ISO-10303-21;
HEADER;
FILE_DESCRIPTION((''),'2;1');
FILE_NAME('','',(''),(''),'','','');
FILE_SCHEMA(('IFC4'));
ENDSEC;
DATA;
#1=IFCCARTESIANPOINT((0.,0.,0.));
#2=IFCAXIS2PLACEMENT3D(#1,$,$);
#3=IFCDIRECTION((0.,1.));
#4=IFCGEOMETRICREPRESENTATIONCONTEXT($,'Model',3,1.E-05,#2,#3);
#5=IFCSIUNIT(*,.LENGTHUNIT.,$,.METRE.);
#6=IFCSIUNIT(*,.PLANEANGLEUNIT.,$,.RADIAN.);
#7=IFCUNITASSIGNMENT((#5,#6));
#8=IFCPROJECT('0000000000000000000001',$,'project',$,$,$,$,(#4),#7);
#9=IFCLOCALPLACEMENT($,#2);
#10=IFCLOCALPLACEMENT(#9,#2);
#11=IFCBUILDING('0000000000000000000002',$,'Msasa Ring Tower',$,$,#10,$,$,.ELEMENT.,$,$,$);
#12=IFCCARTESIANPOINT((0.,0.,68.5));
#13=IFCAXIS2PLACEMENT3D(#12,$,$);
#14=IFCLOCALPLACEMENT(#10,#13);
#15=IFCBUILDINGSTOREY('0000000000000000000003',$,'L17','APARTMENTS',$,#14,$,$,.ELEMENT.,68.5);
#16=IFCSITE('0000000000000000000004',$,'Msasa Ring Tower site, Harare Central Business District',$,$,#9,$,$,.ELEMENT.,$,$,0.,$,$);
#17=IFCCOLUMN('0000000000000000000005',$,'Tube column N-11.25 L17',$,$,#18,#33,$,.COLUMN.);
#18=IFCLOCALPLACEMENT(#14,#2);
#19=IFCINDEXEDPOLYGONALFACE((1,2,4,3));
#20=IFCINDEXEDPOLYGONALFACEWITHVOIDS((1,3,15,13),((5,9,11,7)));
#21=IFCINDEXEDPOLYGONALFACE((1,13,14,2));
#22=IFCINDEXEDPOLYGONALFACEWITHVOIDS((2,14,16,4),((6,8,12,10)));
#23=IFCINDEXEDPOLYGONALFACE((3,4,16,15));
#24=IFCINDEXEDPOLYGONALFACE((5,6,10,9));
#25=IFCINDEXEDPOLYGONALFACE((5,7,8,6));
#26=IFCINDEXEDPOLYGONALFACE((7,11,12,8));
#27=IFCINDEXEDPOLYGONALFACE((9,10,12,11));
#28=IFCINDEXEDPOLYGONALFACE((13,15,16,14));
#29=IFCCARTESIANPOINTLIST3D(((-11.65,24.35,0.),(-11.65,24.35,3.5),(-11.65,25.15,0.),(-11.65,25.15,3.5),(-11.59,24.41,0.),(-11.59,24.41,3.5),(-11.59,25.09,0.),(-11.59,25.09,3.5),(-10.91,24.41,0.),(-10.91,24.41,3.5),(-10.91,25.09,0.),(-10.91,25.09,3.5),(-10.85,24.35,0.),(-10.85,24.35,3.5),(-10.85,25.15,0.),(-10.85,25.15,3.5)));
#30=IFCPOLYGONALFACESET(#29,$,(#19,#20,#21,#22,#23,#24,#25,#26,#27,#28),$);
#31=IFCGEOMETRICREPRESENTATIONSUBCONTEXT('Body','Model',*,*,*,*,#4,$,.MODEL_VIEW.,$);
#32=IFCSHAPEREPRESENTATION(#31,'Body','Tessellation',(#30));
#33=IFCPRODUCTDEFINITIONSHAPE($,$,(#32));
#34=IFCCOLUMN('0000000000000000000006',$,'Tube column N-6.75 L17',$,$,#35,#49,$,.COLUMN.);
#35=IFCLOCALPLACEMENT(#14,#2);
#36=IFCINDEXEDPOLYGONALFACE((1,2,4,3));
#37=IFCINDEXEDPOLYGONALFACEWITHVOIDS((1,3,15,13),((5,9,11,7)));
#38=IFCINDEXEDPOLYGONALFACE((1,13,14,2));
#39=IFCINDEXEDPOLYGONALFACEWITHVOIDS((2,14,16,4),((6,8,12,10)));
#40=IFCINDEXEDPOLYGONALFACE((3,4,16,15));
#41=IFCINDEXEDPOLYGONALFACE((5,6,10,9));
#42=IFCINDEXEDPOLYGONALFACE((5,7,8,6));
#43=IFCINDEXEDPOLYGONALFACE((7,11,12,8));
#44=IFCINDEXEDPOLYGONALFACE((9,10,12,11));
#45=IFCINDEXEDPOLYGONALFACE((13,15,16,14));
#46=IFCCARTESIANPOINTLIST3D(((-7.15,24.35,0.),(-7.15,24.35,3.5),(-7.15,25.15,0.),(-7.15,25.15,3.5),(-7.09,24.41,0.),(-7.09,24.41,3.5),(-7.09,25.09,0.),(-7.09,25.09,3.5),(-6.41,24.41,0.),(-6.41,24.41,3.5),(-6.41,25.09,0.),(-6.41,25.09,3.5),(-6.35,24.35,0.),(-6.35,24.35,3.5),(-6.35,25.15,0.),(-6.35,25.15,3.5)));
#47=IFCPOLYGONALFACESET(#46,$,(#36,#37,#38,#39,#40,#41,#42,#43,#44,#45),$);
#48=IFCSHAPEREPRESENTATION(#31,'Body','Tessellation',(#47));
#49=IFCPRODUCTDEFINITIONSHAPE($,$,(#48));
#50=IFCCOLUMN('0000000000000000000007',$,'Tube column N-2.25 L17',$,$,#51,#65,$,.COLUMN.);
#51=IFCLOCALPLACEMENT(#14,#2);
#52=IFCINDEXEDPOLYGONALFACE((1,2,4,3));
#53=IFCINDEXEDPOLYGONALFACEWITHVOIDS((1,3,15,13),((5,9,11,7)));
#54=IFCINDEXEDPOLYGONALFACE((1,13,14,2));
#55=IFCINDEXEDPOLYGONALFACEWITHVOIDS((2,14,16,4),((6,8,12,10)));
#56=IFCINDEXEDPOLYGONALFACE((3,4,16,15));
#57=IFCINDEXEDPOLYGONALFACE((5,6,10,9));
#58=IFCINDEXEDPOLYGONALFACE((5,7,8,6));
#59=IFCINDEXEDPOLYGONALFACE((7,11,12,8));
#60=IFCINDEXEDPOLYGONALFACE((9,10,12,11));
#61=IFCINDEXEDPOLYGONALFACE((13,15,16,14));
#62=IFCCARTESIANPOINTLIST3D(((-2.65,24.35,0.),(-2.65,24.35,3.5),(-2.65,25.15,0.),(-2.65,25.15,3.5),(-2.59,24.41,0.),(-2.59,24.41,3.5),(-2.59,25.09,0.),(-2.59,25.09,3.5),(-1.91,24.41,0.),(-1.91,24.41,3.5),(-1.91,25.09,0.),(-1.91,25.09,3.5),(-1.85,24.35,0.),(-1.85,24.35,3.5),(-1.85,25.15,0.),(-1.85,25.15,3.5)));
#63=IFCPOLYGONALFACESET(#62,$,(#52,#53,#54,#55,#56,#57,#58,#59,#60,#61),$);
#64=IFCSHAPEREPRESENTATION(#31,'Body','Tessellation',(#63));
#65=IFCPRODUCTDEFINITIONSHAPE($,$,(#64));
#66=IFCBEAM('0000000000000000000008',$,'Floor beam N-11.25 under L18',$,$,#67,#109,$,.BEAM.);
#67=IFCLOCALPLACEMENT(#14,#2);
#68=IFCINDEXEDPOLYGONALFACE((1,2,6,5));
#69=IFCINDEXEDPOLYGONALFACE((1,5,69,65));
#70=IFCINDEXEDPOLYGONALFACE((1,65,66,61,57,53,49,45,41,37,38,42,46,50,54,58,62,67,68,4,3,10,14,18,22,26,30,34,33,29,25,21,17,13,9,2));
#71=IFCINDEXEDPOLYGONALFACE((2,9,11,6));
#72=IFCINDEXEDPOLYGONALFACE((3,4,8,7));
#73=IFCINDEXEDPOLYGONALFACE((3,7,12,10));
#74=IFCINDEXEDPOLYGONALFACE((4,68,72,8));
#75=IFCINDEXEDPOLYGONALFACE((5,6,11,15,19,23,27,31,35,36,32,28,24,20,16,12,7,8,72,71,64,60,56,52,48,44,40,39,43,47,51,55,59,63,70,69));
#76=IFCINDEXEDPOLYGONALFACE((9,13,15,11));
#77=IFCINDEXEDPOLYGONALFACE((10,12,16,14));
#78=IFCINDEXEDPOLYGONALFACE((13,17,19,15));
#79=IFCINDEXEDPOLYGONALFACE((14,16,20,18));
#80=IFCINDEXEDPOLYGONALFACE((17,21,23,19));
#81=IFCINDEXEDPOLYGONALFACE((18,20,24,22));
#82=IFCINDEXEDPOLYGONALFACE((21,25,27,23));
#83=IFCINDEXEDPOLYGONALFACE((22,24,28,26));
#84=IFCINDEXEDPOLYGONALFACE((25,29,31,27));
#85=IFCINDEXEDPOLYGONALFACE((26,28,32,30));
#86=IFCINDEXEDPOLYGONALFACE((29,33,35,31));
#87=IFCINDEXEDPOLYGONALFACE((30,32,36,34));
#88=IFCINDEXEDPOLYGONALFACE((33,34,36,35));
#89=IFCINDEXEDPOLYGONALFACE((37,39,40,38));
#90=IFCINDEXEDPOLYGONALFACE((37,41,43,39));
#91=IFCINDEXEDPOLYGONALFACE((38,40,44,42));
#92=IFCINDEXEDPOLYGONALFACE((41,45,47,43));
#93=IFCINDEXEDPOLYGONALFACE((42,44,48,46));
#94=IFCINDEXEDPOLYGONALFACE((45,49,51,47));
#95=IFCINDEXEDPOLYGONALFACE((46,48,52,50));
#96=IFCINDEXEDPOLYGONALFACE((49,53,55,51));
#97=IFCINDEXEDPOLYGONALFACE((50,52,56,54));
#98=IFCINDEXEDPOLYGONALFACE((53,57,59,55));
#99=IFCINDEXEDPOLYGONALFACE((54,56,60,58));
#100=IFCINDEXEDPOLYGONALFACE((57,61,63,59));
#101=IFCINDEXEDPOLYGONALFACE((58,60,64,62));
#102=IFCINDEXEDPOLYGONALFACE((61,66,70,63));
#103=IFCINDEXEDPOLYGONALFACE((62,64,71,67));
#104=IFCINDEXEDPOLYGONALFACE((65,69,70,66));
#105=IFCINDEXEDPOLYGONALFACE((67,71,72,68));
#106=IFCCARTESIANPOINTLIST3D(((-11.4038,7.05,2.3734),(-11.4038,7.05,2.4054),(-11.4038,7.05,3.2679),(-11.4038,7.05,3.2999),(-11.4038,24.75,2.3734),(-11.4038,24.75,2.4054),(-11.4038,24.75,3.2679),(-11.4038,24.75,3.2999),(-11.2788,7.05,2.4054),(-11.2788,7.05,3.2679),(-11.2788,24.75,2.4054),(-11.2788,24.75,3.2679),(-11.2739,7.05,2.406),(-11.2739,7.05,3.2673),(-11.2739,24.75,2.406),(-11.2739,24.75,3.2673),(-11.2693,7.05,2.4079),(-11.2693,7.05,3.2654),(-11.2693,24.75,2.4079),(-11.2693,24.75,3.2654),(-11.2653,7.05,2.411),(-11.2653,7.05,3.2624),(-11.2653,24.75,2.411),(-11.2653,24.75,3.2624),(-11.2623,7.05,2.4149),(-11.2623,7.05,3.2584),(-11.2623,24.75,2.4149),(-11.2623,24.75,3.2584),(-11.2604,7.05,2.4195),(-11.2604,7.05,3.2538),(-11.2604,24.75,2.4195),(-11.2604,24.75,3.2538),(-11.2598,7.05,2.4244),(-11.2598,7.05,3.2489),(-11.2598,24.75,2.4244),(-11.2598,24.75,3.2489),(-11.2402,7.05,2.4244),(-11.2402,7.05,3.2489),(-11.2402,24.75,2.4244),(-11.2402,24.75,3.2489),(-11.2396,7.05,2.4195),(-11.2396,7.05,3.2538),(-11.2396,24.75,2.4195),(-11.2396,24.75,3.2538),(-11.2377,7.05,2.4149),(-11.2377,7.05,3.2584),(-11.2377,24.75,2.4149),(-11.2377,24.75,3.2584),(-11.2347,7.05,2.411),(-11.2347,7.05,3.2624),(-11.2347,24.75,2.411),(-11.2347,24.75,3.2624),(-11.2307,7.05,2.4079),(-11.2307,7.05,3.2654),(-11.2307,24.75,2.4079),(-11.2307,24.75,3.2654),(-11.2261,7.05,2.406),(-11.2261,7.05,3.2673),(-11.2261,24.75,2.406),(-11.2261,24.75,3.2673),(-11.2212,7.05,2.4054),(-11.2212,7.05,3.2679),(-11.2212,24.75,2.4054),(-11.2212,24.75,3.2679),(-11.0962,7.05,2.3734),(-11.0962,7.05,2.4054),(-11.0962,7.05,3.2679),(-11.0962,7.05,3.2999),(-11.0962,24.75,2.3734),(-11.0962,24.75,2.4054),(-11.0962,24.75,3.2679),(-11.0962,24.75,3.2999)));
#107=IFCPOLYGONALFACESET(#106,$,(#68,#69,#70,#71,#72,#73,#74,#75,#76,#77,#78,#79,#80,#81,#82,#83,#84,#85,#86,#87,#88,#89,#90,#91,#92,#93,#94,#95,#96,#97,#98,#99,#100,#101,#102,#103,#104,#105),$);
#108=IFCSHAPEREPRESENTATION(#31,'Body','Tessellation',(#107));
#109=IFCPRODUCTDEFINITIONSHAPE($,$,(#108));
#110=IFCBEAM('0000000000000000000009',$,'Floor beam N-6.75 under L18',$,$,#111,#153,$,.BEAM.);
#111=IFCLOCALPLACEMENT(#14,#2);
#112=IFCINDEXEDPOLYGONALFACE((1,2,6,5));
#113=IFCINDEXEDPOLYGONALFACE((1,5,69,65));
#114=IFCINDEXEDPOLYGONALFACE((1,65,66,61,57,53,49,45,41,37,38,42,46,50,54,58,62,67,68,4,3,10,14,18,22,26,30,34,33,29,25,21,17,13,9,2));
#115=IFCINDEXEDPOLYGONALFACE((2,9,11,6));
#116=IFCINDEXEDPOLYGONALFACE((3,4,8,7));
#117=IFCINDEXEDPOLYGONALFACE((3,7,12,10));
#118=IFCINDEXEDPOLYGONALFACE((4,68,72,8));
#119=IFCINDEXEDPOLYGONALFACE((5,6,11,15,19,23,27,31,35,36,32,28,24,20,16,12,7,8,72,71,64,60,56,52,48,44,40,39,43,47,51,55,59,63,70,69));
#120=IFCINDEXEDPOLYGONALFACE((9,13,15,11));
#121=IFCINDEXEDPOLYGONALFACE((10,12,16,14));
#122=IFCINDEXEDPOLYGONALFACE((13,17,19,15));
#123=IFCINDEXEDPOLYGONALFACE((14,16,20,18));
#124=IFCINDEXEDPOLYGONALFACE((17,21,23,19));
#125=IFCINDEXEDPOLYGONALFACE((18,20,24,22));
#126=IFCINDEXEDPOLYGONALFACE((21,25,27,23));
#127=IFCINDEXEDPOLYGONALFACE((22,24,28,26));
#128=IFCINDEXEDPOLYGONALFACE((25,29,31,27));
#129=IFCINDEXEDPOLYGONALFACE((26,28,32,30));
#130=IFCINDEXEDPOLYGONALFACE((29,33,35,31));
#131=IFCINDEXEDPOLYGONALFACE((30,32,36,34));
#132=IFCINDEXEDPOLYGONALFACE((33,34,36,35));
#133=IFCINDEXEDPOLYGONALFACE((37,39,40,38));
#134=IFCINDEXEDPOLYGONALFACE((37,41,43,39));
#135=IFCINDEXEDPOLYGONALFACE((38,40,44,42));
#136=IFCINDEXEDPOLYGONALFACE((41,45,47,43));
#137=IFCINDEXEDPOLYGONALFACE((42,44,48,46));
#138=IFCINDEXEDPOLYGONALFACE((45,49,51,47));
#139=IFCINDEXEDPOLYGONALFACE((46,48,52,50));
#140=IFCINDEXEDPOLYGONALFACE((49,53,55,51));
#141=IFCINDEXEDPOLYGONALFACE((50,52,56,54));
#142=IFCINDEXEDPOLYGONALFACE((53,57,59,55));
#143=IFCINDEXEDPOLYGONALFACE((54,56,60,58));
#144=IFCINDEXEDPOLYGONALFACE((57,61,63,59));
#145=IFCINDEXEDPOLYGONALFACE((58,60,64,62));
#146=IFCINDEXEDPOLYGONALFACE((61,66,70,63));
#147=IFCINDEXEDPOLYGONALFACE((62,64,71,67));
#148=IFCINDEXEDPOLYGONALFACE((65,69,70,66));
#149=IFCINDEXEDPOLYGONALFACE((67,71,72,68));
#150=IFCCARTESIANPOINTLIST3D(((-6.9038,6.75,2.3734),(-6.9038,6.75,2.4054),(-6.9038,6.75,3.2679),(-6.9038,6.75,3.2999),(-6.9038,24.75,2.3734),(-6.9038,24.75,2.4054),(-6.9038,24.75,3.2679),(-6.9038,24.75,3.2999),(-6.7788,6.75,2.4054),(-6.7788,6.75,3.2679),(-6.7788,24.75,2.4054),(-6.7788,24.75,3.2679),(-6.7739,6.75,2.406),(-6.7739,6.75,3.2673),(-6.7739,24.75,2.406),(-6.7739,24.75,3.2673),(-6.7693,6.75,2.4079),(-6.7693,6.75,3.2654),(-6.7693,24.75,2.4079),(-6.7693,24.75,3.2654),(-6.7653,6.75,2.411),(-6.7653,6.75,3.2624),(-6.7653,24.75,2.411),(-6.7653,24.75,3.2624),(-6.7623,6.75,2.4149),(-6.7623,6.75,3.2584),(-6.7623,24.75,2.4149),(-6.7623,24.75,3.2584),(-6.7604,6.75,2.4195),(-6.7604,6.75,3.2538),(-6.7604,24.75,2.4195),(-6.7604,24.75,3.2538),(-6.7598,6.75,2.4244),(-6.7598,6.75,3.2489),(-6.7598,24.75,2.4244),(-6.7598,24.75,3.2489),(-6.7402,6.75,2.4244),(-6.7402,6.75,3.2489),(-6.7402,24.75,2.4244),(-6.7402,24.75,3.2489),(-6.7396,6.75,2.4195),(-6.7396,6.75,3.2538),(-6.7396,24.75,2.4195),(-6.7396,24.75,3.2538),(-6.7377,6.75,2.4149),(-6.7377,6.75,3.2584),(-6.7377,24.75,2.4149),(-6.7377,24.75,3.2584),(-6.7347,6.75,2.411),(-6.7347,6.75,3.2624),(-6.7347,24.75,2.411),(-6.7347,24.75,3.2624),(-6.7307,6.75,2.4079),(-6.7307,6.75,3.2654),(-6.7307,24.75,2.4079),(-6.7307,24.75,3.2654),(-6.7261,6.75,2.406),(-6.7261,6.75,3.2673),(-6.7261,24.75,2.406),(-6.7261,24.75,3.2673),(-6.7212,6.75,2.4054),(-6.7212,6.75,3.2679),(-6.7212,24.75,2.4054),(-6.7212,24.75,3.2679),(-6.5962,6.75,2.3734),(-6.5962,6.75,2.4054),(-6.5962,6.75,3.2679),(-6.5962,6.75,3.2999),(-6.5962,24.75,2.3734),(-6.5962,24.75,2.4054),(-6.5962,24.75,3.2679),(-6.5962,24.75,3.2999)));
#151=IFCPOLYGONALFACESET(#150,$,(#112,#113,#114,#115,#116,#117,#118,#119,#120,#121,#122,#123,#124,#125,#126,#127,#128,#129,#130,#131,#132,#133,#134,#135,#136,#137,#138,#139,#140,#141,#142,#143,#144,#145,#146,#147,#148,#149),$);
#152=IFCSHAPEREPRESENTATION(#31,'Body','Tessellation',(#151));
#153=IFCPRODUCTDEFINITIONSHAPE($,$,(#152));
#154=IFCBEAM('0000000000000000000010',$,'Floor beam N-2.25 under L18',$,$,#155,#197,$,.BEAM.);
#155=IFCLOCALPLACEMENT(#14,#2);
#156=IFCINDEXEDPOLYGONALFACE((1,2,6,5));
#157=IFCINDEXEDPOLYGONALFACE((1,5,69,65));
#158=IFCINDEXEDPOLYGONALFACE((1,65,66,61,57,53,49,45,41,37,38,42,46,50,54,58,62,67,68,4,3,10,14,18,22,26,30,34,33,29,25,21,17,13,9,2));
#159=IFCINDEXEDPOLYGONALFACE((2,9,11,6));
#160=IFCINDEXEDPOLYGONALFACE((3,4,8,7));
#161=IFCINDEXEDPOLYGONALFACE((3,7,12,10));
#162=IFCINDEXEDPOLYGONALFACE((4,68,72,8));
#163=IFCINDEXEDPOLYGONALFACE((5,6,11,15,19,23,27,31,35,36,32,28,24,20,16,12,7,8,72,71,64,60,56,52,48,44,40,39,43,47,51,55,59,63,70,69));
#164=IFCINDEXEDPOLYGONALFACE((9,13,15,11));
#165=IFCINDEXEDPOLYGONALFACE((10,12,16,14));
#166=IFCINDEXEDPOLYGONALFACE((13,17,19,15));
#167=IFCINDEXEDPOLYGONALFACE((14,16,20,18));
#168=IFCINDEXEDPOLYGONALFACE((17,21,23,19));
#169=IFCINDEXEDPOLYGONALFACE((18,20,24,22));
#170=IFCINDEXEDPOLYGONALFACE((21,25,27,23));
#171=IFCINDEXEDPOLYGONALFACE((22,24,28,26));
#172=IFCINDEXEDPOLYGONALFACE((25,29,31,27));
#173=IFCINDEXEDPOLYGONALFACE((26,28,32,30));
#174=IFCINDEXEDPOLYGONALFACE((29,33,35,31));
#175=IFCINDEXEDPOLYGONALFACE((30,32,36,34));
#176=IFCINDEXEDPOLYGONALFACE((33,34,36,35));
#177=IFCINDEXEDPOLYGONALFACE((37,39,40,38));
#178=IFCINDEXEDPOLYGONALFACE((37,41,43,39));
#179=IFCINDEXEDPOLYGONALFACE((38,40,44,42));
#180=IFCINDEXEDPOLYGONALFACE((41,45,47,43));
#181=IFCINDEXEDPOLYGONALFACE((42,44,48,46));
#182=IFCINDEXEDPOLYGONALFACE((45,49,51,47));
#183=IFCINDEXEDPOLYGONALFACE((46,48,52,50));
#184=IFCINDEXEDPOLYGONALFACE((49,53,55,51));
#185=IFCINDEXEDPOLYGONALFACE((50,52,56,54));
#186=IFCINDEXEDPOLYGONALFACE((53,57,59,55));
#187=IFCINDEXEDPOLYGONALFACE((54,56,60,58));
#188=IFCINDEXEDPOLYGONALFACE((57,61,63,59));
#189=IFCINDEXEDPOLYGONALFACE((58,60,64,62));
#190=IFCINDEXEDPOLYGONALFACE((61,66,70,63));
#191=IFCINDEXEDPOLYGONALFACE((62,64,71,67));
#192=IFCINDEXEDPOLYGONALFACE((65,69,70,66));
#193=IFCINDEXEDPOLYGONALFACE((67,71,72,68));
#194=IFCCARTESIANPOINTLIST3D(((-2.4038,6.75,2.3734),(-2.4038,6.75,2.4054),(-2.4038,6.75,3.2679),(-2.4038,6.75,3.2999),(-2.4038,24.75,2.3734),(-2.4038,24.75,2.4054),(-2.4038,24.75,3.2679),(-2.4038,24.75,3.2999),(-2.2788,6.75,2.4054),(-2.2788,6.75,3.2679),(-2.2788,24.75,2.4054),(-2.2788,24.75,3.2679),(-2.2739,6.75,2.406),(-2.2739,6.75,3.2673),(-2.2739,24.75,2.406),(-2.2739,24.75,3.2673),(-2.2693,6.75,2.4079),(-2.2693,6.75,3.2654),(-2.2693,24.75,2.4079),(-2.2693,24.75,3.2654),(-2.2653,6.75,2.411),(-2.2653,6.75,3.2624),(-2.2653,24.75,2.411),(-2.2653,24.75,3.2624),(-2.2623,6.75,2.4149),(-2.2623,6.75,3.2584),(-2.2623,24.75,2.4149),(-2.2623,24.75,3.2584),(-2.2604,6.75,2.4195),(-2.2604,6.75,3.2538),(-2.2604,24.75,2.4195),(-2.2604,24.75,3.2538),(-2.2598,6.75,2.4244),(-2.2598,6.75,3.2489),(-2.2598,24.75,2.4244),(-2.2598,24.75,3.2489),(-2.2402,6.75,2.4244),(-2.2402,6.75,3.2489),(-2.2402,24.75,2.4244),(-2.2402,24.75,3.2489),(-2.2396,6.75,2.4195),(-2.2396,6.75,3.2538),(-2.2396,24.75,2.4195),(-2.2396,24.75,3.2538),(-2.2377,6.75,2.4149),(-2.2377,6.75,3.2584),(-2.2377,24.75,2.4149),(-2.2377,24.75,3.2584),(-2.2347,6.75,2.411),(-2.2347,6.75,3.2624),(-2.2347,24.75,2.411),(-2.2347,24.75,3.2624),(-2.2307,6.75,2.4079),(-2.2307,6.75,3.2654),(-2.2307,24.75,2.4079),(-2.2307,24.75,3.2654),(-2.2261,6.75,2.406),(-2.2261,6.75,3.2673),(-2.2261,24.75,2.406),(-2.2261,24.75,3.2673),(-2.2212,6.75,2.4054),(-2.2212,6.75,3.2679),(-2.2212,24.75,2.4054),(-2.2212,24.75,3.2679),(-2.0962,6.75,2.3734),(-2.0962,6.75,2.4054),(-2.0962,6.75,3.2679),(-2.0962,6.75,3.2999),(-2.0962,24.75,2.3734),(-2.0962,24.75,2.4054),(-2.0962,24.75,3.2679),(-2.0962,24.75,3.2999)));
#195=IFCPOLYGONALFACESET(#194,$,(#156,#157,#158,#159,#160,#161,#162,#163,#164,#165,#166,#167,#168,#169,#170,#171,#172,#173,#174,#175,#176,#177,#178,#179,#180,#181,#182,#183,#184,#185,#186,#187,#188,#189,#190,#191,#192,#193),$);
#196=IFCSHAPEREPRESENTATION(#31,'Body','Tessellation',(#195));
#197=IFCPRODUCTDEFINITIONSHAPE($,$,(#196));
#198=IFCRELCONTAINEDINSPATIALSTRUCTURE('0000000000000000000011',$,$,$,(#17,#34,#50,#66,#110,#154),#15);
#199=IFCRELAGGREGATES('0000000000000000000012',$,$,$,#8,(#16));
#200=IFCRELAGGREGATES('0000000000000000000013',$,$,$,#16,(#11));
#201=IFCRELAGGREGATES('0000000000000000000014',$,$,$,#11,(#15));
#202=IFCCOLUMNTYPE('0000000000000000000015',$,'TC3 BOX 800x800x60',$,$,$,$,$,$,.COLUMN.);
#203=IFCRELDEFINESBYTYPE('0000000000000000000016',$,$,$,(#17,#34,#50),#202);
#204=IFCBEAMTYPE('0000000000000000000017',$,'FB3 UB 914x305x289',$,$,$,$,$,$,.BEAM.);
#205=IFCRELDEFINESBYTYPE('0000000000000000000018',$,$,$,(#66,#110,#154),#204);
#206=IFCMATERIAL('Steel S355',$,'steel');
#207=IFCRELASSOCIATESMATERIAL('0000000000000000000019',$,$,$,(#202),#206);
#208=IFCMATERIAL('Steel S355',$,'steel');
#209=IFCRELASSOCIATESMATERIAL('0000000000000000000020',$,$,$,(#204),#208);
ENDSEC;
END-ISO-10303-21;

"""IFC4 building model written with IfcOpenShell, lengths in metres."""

from ifc_helpers import new_model, si_unit, direction, frame, origin, origin_2d, place, context, subcontext, project, spatial, hollow_rectangle, i_section, extrude, material, material_profile, profile_set, type_object, element, save


model = new_model("IFC4")

# Units and contexts
model_context = context("Model", 3, precision=1e-05, world=origin(), true_north=direction((0.0, 1.0)))
body_context = subcontext(model_context, "Body", "Model", "MODEL_VIEW")
ifc_project = project(units=[si_unit("LENGTHUNIT", "METRE"), si_unit("PLANEANGLEUNIT", "RADIAN")], contexts=[model_context])

# Site, building, storey
site_placement = place(None, origin())
site = spatial("IfcSite", under=ifc_project, at=site_placement, Name="Msasa Ring Tower site, Harare Central Business District", CompositionType="ELEMENT", RefElevation=0.0)
building_placement = place(site_placement, origin())
building = spatial("IfcBuilding", under=site, at=building_placement, Name="Msasa Ring Tower", CompositionType="ELEMENT")
storey_placement = place(building_placement, frame((0.0, 0.0, 68.5)))
storey = spatial("IfcBuildingStorey", under=building, at=storey_placement, Name="L17", Description="APARTMENTS", CompositionType="ELEMENT", Elevation=68.5)

# Columns
ifc_material_1 = material(Name="Steel S355", Category="steel")
ifc_material_profile_1 = material_profile(ifc_material_1, hollow_rectangle(XDim=0.8, YDim=0.8, WallThickness=0.0601, at=origin_2d()), Name="BOX 800x800x60")
ifc_profile_set_1 = profile_set([ifc_material_profile_1], Name="Steel S355")
column_type = type_object("IfcColumnType", Name="TC3 BOX 800x800x60", PredefinedType="COLUMN", material=ifc_profile_set_1)
for number, where, z_axis, x_axis, name in (
    (1, (-11.25, 24.75, 0.0), (0.0, 0.0, 1.0), (0.0, 1.0, 0.0), "Tube column N-11.25 L17"),
    (2, (-6.75, 24.75, 0.0), (0.0, 0.0, 1.0), (0.0, 1.0, 0.0), "Tube column N-6.75 L17"),
    (3, (-2.25, 24.75, 0.0), (0.0, 0.0, 1.0), (0.0, 1.0, 0.0), "Tube column N-2.25 L17"),
):
    element("IfcColumn", number, at=place(storey_placement, frame(where, z_axis=z_axis, x_axis=x_axis)), inside=storey, type_object=column_type, Name=name, PredefinedType="COLUMN", context=body_context, shape_type="SweptSolid", body=[
        extrude(hollow_rectangle(XDim=0.8, YDim=0.8, WallThickness=0.0601, at=origin_2d()), origin(), (0.0, 0.0, 1.0), 3.5),
    ])

# Beams
ifc_material_2 = material(Name="Steel S355", Category="steel")
ifc_material_profile_2 = material_profile(ifc_material_2, i_section(OverallWidth=0.3076, OverallDepth=0.9265, WebThickness=0.0195, FlangeThickness=0.032, FilletRadius=0.019, at=origin_2d()), Name="UB 914x305x289")
ifc_profile_set_2 = profile_set([ifc_material_profile_2], Name="Steel S355")
beam_type_1 = type_object("IfcBeamType", Name="FB3 UB 914x305x289", PredefinedType="BEAM", material=ifc_profile_set_2)
beam_placement = place(storey_placement, frame((-11.25, 24.75, 2.8367), z_axis=(0.0, -1.0, 0.0), x_axis=(1.0, 0.0, 0.0)))
element("IfcBeam", 4, at=beam_placement, inside=storey, type_object=beam_type_1, Name="Floor beam N-11.25 under L18", PredefinedType="BEAM", context=body_context, shape_type="SweptSolid", body=[
    extrude(i_section(OverallWidth=0.3076, OverallDepth=0.9265, WebThickness=0.0195, FlangeThickness=0.032, FilletRadius=0.019, at=origin_2d()), origin(), (0.0, 0.0, 1.0), 17.7),
])
for number, where, z_axis, x_axis, name in (
    (5, (-6.75, 24.75, 2.8367), (0.0, -1.0, 0.0), (1.0, 0.0, 0.0), "Floor beam N-6.75 under L18"),
    (6, (-2.25, 24.75, 2.8367), (0.0, -1.0, 0.0), (1.0, 0.0, 0.0), "Floor beam N-2.25 under L18"),
):
    element("IfcBeam", number, at=place(storey_placement, frame(where, z_axis=z_axis, x_axis=x_axis)), inside=storey, type_object=beam_type_1, Name=name, PredefinedType="BEAM", context=body_context, shape_type="SweptSolid", body=[
        extrude(i_section(OverallWidth=0.3076, OverallDepth=0.9265, WebThickness=0.0195, FlangeThickness=0.032, FilletRadius=0.019, at=origin_2d()), origin(), (0.0, 0.0, 1.0), 18.0),
    ])

save(model, "model.ifc")
